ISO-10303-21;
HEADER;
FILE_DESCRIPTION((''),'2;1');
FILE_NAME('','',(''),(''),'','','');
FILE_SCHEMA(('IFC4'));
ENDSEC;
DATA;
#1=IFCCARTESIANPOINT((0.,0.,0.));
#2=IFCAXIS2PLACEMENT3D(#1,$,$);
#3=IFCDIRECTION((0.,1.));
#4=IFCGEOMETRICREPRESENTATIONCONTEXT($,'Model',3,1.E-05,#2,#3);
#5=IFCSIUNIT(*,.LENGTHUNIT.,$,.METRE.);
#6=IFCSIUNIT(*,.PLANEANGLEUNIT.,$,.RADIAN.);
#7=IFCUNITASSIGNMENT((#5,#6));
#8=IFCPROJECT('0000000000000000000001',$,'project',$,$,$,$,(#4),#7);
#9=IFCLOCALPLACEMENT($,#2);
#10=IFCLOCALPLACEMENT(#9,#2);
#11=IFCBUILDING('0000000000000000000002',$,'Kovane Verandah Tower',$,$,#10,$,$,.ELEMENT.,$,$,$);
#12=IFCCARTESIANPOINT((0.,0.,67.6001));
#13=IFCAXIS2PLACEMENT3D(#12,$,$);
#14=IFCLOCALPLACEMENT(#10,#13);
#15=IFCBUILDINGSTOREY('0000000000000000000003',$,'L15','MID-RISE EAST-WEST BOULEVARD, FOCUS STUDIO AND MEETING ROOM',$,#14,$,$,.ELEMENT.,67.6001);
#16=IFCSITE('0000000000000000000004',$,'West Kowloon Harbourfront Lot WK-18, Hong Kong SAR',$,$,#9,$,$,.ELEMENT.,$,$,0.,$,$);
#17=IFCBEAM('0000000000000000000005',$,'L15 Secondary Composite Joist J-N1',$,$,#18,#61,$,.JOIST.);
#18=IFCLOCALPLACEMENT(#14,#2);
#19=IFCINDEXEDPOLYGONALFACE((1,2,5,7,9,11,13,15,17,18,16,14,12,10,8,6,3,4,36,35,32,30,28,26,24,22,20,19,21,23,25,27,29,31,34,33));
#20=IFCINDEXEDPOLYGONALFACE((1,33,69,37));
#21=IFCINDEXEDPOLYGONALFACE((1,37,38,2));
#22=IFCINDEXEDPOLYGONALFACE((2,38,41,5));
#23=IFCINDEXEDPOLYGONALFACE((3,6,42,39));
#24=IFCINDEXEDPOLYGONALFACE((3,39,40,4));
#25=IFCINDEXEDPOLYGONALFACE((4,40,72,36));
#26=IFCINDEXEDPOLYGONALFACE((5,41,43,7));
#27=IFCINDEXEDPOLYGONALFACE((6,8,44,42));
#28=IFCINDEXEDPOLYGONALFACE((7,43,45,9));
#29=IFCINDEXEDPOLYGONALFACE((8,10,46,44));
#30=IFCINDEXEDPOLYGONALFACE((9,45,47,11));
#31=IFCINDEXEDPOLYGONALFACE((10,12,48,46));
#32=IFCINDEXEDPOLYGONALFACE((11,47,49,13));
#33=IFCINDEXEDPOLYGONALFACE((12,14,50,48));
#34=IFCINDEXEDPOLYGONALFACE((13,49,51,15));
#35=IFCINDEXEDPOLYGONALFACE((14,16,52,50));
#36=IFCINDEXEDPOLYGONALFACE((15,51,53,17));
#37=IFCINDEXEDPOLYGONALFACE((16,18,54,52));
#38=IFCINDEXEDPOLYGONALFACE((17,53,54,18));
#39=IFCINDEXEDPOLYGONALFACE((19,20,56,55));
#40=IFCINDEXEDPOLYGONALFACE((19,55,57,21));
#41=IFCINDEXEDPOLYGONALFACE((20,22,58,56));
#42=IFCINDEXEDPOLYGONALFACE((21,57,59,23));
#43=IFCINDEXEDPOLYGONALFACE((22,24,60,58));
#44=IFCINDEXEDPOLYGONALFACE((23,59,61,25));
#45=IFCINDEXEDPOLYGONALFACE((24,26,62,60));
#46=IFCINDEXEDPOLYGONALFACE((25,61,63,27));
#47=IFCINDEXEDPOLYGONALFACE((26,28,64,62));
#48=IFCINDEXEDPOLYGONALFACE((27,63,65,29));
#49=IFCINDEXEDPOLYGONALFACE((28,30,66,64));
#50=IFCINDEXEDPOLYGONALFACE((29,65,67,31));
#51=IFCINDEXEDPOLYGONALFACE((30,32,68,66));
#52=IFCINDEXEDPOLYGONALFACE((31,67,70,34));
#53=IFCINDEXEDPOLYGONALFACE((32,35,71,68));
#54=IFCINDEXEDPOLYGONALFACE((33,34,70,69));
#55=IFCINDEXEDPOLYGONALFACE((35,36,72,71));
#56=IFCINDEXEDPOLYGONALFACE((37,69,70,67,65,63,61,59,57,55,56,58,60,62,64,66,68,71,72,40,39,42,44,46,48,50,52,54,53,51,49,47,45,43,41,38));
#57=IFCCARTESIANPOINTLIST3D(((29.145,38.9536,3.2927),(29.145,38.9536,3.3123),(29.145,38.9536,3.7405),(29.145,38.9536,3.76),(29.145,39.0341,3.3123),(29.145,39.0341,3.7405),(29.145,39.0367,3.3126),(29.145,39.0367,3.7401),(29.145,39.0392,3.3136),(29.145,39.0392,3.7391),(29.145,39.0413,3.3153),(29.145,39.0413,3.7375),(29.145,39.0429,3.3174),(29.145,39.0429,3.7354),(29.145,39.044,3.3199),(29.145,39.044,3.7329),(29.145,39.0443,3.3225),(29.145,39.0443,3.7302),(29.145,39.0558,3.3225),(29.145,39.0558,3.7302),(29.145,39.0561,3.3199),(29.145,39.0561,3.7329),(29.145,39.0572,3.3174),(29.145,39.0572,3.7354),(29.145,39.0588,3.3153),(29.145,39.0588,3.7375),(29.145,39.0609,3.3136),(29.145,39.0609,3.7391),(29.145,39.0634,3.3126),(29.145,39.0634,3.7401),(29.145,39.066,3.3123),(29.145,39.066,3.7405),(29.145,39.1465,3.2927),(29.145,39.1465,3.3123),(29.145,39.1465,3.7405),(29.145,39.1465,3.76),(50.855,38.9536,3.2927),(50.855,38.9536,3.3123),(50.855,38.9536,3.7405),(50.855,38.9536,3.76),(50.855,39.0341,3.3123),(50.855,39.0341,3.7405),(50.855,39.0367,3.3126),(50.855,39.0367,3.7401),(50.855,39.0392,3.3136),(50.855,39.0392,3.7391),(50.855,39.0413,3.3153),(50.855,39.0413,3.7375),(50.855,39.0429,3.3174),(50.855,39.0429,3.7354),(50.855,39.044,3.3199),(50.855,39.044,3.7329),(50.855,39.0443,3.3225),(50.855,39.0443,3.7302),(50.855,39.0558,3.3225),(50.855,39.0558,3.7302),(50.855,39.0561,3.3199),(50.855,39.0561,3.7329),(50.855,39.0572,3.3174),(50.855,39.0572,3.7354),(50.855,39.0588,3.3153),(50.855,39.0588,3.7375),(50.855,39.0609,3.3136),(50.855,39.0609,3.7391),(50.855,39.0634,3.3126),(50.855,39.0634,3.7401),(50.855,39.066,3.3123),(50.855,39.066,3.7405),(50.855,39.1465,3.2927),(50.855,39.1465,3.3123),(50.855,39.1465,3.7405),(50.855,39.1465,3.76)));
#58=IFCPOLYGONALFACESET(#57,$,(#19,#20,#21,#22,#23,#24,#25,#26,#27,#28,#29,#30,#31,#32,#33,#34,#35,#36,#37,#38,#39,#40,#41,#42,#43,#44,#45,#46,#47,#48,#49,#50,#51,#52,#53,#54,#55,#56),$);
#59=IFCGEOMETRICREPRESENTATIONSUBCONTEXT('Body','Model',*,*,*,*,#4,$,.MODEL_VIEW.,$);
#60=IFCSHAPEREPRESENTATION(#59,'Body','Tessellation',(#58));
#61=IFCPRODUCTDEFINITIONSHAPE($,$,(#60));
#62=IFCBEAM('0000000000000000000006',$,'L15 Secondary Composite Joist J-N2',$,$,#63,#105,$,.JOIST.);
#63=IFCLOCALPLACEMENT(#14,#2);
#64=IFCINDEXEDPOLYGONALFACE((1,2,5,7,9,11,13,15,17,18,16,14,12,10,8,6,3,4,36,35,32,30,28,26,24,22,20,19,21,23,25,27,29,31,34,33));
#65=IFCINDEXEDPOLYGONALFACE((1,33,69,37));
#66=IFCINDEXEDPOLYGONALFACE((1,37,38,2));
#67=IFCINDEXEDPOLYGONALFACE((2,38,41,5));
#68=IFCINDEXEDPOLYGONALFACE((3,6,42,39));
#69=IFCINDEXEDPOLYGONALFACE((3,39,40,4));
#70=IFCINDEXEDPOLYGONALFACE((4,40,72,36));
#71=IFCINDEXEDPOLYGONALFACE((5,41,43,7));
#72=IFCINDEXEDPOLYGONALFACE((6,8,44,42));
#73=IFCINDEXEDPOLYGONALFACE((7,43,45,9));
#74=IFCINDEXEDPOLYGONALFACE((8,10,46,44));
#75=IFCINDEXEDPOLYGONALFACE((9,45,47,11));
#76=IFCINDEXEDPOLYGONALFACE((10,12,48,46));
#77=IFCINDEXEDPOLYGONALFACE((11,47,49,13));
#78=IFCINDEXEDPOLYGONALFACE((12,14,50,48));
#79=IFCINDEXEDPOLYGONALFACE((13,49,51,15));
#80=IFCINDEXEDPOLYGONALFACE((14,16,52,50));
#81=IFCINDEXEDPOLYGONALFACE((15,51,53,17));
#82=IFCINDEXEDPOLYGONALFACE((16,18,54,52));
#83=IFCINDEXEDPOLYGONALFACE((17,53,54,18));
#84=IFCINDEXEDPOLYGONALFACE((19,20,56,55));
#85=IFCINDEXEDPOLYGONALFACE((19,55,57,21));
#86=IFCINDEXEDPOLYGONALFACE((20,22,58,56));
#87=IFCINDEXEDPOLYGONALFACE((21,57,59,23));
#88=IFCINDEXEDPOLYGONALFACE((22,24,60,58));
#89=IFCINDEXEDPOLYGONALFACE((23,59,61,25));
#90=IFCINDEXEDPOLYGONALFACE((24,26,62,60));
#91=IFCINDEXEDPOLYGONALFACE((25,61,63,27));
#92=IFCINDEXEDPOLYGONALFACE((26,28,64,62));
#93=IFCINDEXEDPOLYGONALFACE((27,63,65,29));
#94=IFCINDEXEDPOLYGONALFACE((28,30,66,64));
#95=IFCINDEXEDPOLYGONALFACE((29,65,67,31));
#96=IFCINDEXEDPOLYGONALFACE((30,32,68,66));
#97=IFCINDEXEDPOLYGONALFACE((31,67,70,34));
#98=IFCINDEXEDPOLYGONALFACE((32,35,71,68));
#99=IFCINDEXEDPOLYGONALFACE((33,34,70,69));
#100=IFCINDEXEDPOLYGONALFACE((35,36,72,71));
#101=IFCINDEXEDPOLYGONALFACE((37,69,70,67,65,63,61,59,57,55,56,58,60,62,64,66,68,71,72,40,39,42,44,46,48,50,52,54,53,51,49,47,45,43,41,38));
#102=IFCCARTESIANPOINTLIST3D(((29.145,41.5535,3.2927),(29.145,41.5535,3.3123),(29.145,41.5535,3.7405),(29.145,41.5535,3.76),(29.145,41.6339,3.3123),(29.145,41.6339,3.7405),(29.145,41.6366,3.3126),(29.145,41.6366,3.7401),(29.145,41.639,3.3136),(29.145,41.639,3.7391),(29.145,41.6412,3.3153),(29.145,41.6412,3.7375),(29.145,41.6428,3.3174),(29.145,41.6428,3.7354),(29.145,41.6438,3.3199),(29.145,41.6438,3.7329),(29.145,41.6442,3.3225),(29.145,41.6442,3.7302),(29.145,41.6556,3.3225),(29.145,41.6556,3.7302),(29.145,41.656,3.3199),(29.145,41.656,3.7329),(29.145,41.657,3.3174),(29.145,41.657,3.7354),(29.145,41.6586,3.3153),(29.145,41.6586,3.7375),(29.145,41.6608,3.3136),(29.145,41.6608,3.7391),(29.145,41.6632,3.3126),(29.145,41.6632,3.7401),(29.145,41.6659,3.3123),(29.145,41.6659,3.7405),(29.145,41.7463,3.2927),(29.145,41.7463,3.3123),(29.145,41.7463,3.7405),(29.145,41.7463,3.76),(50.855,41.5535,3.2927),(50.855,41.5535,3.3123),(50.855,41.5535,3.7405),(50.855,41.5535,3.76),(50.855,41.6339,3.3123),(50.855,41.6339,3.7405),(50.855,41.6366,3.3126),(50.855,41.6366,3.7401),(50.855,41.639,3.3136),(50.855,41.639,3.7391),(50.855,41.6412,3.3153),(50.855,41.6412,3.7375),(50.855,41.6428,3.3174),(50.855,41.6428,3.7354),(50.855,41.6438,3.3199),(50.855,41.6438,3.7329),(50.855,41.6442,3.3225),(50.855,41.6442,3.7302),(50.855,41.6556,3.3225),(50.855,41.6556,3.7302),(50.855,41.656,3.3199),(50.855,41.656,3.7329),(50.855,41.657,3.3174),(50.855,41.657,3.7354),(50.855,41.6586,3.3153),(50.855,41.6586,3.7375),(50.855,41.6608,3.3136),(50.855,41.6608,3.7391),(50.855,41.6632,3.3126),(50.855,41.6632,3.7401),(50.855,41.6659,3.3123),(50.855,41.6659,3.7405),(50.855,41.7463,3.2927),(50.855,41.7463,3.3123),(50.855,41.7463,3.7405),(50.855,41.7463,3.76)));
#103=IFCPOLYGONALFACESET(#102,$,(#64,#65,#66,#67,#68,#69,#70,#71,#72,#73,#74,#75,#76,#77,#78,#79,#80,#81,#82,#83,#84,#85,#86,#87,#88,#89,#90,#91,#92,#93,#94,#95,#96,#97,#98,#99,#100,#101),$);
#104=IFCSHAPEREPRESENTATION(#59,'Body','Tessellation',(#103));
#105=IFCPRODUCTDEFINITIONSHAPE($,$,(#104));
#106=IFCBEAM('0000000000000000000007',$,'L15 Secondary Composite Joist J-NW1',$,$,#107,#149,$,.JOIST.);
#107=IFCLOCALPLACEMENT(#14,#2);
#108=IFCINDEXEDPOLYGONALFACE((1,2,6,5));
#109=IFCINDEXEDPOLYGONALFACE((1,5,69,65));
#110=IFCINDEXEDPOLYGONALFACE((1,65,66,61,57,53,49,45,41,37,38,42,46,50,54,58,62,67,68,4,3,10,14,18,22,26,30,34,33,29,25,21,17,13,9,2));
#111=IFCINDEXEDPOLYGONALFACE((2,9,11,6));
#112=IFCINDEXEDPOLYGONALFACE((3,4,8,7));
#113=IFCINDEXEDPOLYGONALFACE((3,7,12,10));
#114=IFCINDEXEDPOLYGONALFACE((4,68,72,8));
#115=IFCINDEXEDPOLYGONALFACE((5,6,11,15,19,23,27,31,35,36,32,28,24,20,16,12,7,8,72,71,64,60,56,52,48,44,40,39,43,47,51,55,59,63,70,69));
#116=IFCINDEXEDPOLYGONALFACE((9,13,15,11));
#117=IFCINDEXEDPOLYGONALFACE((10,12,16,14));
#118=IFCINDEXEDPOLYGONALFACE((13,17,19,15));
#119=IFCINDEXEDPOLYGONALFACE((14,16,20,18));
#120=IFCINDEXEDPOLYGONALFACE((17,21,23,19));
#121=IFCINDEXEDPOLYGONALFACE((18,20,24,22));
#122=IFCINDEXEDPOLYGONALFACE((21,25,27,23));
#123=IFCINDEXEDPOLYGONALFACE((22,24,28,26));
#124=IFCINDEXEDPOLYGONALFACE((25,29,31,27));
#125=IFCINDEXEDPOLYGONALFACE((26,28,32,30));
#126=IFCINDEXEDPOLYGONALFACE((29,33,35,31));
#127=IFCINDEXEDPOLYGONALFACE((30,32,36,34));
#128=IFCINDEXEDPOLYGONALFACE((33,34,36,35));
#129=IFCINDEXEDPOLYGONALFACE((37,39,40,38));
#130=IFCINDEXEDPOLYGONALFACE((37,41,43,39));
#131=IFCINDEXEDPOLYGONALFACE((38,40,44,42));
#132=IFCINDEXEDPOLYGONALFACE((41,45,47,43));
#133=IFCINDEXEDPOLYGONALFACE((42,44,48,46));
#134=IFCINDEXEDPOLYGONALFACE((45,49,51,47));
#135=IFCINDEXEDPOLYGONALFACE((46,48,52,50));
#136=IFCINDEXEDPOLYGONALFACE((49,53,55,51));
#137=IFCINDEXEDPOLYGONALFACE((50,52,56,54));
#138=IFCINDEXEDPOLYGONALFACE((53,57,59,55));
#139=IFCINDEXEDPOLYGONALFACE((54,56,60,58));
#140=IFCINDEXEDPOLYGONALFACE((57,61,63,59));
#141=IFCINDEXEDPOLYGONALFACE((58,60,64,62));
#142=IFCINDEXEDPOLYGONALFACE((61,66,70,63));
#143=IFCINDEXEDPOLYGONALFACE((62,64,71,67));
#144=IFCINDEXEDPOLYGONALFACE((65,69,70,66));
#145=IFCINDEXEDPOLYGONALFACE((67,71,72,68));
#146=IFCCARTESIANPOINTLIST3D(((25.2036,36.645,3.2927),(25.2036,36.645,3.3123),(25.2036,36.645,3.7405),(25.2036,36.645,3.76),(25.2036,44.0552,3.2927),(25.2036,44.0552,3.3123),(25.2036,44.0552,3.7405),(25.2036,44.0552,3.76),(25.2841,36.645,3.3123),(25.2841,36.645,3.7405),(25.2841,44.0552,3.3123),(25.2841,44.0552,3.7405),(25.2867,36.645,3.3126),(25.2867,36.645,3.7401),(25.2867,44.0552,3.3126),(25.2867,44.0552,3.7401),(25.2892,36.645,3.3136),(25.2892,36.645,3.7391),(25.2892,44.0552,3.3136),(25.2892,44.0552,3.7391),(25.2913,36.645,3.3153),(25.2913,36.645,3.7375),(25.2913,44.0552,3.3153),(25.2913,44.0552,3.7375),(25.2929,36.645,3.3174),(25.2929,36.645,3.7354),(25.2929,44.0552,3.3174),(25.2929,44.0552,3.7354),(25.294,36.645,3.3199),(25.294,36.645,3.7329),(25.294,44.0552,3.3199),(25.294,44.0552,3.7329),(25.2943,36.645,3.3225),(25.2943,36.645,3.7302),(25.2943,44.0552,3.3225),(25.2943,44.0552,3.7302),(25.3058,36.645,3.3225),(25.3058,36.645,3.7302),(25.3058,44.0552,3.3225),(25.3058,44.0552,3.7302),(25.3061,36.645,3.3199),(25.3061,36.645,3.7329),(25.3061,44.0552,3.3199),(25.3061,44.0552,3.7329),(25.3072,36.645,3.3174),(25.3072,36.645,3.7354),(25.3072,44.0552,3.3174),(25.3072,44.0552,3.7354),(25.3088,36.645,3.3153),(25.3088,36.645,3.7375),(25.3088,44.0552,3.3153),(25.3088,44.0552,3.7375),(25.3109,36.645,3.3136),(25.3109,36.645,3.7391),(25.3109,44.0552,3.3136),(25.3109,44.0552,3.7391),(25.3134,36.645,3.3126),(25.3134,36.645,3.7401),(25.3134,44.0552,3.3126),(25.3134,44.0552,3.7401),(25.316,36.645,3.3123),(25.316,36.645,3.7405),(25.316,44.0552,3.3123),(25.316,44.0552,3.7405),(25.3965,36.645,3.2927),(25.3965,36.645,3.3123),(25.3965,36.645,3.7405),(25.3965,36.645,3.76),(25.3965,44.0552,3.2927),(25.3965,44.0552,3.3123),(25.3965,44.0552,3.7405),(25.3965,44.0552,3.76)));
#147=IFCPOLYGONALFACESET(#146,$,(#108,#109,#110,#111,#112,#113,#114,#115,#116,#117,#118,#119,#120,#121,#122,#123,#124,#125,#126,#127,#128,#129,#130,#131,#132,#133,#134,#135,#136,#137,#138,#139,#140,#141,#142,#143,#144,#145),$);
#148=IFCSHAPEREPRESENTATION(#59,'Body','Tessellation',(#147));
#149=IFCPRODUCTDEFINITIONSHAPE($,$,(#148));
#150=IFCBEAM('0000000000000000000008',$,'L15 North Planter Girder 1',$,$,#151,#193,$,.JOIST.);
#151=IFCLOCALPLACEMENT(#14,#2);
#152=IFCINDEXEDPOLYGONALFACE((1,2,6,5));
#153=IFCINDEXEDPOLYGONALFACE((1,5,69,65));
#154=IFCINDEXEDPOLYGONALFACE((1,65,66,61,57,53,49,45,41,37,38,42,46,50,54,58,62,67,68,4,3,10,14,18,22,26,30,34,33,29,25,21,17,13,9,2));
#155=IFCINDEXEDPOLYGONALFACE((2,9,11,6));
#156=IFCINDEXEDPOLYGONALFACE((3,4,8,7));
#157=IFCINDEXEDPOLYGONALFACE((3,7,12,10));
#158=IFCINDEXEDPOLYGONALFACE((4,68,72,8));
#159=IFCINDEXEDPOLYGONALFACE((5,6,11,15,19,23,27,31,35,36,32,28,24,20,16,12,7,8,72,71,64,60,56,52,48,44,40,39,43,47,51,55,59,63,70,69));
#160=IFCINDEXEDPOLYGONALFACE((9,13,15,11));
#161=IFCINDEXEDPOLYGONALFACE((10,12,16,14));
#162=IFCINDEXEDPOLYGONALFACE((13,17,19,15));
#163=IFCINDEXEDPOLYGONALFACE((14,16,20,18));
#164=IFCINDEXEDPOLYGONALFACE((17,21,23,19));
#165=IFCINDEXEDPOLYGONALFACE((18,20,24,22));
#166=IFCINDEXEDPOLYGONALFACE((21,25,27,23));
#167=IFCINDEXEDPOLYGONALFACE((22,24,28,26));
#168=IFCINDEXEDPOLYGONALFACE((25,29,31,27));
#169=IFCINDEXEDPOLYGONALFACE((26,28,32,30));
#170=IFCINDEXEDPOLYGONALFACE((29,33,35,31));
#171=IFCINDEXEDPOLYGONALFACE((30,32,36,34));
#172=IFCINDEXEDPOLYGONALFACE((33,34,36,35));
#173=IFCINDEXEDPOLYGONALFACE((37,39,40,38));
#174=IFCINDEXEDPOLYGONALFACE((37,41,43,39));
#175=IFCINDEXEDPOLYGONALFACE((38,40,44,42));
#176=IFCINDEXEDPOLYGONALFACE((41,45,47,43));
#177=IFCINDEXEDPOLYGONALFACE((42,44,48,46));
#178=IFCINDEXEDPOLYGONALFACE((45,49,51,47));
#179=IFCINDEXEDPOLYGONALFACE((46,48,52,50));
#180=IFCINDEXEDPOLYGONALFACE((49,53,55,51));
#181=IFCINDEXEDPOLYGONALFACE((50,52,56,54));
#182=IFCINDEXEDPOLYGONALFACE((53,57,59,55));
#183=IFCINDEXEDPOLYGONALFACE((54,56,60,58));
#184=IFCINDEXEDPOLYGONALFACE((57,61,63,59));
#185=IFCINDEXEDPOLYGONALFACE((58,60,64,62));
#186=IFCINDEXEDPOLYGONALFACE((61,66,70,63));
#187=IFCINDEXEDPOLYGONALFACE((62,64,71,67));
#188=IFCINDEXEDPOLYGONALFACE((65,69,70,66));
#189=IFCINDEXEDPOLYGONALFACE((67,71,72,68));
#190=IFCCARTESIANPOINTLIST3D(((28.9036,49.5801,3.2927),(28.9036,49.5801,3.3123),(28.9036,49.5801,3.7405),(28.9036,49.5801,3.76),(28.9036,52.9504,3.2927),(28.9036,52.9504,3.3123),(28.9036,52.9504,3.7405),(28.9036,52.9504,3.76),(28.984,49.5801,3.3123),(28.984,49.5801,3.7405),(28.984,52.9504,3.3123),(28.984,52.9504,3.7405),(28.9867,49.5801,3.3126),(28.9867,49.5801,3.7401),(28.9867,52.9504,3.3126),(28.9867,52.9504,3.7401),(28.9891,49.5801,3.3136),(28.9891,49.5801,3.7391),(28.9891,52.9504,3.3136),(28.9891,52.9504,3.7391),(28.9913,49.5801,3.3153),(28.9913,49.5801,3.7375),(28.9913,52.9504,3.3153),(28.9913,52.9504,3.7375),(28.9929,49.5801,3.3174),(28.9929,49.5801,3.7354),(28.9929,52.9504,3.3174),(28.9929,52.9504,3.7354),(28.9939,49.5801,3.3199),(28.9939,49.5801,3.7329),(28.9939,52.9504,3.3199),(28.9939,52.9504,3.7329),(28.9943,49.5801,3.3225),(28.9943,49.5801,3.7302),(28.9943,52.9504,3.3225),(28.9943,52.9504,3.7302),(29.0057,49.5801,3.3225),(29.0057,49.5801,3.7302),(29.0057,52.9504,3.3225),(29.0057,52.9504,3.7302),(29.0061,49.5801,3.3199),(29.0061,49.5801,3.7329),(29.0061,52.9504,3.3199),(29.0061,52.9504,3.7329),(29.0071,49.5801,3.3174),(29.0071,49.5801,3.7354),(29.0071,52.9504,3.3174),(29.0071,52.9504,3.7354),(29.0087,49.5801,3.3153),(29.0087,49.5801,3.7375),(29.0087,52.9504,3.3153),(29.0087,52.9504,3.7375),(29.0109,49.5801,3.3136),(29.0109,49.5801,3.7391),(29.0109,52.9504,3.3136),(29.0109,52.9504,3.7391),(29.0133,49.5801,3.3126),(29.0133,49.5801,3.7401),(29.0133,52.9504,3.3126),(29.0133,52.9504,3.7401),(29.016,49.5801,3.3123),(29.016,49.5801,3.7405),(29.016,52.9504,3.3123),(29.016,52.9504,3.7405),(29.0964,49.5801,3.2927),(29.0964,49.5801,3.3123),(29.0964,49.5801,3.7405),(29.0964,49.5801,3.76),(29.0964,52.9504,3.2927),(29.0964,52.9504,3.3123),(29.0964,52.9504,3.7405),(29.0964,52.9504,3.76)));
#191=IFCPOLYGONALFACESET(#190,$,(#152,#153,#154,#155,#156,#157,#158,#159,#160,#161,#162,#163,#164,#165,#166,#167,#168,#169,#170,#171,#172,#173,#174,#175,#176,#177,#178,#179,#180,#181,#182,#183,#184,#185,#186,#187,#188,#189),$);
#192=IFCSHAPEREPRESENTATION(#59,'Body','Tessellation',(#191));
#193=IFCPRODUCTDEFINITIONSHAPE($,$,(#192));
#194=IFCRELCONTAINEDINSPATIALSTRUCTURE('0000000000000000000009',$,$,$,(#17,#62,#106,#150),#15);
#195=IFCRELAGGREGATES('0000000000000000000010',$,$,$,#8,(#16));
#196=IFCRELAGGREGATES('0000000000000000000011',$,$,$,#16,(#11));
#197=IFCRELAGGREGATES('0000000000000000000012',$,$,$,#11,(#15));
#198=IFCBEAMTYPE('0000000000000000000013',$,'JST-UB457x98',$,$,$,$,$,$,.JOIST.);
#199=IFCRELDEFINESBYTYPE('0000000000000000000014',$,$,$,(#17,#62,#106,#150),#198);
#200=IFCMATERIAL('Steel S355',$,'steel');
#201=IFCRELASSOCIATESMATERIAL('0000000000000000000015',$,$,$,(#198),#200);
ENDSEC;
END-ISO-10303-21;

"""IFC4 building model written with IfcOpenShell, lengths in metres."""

from ifc_helpers import new_model, si_unit, direction, frame, origin, origin_2d, place, context, subcontext, project, spatial, i_section, extrude, material, material_profile, profile_set, type_object, element, save


model = new_model("IFC4")

# Units and contexts
model_context = context("Model", 3, precision=1e-05, world=origin(), true_north=direction((0.0, 1.0)))
body_context = subcontext(model_context, "Body", "Model", "MODEL_VIEW")
ifc_project = project(units=[si_unit("LENGTHUNIT", "METRE"), si_unit("PLANEANGLEUNIT", "RADIAN")], contexts=[model_context])

# Site, building, storey
site_placement = place(None, origin())
site = spatial("IfcSite", under=ifc_project, at=site_placement, Name="West Kowloon Harbourfront Lot WK-18, Hong Kong SAR", CompositionType="ELEMENT", RefElevation=0.0)
building_placement = place(site_placement, origin())
building = spatial("IfcBuilding", under=site, at=building_placement, Name="Kovane Verandah Tower", CompositionType="ELEMENT")
storey_placement = place(building_placement, frame((0.0, 0.0, 67.6001)))
storey = spatial("IfcBuildingStorey", under=building, at=storey_placement, Name="L15", Description="MID-RISE EAST-WEST BOULEVARD, FOCUS STUDIO AND MEETING ROOM", CompositionType="ELEMENT", Elevation=67.6001)

# Beams
ifc_material_1 = material(Name="Steel S355", Category="steel")
ifc_material_profile_1 = material_profile(ifc_material_1, i_section(OverallWidth=0.1929, OverallDepth=0.4673, WebThickness=0.0115, FlangeThickness=0.0195, FilletRadius=0.0103, at=origin_2d()), Name="UB457x191x98")
ifc_profile_set_1 = profile_set([ifc_material_profile_1], Name="Steel S355")
beam_type_1 = type_object("IfcBeamType", Name="JST-UB457x98", PredefinedType="JOIST", material=ifc_profile_set_1)
for number, where, z_axis, x_axis, name in (
    (1, (29.145, 39.05, 3.5264), (1.0, 0.0, 0.0), (0.0, 1.0, 0.0), "L15 Secondary Composite Joist J-N1"),
    (2, (29.145, 41.6499, 3.5264), (1.0, 0.0, 0.0), (0.0, 1.0, 0.0), "L15 Secondary Composite Joist J-N2"),
):
    element("IfcBeam", number, at=place(storey_placement, frame(where, z_axis=z_axis, x_axis=x_axis)), inside=storey, type_object=beam_type_1, Name=name, PredefinedType="JOIST", context=body_context, shape_type="SweptSolid", body=[
        extrude(i_section(OverallWidth=0.1929, OverallDepth=0.4673, WebThickness=0.0115, FlangeThickness=0.0195, FilletRadius=0.0103, at=origin_2d()), origin(), (0.0, 0.0, 1.0), 21.71),
    ])
beam_1_placement = place(storey_placement, frame((25.3, 36.645, 3.5264), z_axis=(0.0, 1.0, 0.0), x_axis=(-1.0, 0.0, 0.0)))
element("IfcBeam", 3, at=beam_1_placement, inside=storey, type_object=beam_type_1, Name="L15 Secondary Composite Joist J-NW1", PredefinedType="JOIST", context=body_context, shape_type="SweptSolid", body=[
    extrude(i_section(OverallWidth=0.1929, OverallDepth=0.4673, WebThickness=0.0115, FlangeThickness=0.0195, FilletRadius=0.0103, at=origin_2d()), origin(), (0.0, 0.0, 1.0), 7.4102),
])
beam_2_placement = place(storey_placement, frame((29.0, 49.5801, 3.5264), z_axis=(0.0, 1.0, 0.0), x_axis=(-1.0, 0.0, 0.0)))
element("IfcBeam", 4, at=beam_2_placement, inside=storey, type_object=beam_type_1, Name="L15 North Planter Girder 1", PredefinedType="JOIST", context=body_context, shape_type="SweptSolid", body=[
    extrude(i_section(OverallWidth=0.1929, OverallDepth=0.4673, WebThickness=0.0115, FlangeThickness=0.0195, FilletRadius=0.0103, at=origin_2d()), origin(), (0.0, 0.0, 1.0), 3.3704),
])

save(model, "model.ifc")
